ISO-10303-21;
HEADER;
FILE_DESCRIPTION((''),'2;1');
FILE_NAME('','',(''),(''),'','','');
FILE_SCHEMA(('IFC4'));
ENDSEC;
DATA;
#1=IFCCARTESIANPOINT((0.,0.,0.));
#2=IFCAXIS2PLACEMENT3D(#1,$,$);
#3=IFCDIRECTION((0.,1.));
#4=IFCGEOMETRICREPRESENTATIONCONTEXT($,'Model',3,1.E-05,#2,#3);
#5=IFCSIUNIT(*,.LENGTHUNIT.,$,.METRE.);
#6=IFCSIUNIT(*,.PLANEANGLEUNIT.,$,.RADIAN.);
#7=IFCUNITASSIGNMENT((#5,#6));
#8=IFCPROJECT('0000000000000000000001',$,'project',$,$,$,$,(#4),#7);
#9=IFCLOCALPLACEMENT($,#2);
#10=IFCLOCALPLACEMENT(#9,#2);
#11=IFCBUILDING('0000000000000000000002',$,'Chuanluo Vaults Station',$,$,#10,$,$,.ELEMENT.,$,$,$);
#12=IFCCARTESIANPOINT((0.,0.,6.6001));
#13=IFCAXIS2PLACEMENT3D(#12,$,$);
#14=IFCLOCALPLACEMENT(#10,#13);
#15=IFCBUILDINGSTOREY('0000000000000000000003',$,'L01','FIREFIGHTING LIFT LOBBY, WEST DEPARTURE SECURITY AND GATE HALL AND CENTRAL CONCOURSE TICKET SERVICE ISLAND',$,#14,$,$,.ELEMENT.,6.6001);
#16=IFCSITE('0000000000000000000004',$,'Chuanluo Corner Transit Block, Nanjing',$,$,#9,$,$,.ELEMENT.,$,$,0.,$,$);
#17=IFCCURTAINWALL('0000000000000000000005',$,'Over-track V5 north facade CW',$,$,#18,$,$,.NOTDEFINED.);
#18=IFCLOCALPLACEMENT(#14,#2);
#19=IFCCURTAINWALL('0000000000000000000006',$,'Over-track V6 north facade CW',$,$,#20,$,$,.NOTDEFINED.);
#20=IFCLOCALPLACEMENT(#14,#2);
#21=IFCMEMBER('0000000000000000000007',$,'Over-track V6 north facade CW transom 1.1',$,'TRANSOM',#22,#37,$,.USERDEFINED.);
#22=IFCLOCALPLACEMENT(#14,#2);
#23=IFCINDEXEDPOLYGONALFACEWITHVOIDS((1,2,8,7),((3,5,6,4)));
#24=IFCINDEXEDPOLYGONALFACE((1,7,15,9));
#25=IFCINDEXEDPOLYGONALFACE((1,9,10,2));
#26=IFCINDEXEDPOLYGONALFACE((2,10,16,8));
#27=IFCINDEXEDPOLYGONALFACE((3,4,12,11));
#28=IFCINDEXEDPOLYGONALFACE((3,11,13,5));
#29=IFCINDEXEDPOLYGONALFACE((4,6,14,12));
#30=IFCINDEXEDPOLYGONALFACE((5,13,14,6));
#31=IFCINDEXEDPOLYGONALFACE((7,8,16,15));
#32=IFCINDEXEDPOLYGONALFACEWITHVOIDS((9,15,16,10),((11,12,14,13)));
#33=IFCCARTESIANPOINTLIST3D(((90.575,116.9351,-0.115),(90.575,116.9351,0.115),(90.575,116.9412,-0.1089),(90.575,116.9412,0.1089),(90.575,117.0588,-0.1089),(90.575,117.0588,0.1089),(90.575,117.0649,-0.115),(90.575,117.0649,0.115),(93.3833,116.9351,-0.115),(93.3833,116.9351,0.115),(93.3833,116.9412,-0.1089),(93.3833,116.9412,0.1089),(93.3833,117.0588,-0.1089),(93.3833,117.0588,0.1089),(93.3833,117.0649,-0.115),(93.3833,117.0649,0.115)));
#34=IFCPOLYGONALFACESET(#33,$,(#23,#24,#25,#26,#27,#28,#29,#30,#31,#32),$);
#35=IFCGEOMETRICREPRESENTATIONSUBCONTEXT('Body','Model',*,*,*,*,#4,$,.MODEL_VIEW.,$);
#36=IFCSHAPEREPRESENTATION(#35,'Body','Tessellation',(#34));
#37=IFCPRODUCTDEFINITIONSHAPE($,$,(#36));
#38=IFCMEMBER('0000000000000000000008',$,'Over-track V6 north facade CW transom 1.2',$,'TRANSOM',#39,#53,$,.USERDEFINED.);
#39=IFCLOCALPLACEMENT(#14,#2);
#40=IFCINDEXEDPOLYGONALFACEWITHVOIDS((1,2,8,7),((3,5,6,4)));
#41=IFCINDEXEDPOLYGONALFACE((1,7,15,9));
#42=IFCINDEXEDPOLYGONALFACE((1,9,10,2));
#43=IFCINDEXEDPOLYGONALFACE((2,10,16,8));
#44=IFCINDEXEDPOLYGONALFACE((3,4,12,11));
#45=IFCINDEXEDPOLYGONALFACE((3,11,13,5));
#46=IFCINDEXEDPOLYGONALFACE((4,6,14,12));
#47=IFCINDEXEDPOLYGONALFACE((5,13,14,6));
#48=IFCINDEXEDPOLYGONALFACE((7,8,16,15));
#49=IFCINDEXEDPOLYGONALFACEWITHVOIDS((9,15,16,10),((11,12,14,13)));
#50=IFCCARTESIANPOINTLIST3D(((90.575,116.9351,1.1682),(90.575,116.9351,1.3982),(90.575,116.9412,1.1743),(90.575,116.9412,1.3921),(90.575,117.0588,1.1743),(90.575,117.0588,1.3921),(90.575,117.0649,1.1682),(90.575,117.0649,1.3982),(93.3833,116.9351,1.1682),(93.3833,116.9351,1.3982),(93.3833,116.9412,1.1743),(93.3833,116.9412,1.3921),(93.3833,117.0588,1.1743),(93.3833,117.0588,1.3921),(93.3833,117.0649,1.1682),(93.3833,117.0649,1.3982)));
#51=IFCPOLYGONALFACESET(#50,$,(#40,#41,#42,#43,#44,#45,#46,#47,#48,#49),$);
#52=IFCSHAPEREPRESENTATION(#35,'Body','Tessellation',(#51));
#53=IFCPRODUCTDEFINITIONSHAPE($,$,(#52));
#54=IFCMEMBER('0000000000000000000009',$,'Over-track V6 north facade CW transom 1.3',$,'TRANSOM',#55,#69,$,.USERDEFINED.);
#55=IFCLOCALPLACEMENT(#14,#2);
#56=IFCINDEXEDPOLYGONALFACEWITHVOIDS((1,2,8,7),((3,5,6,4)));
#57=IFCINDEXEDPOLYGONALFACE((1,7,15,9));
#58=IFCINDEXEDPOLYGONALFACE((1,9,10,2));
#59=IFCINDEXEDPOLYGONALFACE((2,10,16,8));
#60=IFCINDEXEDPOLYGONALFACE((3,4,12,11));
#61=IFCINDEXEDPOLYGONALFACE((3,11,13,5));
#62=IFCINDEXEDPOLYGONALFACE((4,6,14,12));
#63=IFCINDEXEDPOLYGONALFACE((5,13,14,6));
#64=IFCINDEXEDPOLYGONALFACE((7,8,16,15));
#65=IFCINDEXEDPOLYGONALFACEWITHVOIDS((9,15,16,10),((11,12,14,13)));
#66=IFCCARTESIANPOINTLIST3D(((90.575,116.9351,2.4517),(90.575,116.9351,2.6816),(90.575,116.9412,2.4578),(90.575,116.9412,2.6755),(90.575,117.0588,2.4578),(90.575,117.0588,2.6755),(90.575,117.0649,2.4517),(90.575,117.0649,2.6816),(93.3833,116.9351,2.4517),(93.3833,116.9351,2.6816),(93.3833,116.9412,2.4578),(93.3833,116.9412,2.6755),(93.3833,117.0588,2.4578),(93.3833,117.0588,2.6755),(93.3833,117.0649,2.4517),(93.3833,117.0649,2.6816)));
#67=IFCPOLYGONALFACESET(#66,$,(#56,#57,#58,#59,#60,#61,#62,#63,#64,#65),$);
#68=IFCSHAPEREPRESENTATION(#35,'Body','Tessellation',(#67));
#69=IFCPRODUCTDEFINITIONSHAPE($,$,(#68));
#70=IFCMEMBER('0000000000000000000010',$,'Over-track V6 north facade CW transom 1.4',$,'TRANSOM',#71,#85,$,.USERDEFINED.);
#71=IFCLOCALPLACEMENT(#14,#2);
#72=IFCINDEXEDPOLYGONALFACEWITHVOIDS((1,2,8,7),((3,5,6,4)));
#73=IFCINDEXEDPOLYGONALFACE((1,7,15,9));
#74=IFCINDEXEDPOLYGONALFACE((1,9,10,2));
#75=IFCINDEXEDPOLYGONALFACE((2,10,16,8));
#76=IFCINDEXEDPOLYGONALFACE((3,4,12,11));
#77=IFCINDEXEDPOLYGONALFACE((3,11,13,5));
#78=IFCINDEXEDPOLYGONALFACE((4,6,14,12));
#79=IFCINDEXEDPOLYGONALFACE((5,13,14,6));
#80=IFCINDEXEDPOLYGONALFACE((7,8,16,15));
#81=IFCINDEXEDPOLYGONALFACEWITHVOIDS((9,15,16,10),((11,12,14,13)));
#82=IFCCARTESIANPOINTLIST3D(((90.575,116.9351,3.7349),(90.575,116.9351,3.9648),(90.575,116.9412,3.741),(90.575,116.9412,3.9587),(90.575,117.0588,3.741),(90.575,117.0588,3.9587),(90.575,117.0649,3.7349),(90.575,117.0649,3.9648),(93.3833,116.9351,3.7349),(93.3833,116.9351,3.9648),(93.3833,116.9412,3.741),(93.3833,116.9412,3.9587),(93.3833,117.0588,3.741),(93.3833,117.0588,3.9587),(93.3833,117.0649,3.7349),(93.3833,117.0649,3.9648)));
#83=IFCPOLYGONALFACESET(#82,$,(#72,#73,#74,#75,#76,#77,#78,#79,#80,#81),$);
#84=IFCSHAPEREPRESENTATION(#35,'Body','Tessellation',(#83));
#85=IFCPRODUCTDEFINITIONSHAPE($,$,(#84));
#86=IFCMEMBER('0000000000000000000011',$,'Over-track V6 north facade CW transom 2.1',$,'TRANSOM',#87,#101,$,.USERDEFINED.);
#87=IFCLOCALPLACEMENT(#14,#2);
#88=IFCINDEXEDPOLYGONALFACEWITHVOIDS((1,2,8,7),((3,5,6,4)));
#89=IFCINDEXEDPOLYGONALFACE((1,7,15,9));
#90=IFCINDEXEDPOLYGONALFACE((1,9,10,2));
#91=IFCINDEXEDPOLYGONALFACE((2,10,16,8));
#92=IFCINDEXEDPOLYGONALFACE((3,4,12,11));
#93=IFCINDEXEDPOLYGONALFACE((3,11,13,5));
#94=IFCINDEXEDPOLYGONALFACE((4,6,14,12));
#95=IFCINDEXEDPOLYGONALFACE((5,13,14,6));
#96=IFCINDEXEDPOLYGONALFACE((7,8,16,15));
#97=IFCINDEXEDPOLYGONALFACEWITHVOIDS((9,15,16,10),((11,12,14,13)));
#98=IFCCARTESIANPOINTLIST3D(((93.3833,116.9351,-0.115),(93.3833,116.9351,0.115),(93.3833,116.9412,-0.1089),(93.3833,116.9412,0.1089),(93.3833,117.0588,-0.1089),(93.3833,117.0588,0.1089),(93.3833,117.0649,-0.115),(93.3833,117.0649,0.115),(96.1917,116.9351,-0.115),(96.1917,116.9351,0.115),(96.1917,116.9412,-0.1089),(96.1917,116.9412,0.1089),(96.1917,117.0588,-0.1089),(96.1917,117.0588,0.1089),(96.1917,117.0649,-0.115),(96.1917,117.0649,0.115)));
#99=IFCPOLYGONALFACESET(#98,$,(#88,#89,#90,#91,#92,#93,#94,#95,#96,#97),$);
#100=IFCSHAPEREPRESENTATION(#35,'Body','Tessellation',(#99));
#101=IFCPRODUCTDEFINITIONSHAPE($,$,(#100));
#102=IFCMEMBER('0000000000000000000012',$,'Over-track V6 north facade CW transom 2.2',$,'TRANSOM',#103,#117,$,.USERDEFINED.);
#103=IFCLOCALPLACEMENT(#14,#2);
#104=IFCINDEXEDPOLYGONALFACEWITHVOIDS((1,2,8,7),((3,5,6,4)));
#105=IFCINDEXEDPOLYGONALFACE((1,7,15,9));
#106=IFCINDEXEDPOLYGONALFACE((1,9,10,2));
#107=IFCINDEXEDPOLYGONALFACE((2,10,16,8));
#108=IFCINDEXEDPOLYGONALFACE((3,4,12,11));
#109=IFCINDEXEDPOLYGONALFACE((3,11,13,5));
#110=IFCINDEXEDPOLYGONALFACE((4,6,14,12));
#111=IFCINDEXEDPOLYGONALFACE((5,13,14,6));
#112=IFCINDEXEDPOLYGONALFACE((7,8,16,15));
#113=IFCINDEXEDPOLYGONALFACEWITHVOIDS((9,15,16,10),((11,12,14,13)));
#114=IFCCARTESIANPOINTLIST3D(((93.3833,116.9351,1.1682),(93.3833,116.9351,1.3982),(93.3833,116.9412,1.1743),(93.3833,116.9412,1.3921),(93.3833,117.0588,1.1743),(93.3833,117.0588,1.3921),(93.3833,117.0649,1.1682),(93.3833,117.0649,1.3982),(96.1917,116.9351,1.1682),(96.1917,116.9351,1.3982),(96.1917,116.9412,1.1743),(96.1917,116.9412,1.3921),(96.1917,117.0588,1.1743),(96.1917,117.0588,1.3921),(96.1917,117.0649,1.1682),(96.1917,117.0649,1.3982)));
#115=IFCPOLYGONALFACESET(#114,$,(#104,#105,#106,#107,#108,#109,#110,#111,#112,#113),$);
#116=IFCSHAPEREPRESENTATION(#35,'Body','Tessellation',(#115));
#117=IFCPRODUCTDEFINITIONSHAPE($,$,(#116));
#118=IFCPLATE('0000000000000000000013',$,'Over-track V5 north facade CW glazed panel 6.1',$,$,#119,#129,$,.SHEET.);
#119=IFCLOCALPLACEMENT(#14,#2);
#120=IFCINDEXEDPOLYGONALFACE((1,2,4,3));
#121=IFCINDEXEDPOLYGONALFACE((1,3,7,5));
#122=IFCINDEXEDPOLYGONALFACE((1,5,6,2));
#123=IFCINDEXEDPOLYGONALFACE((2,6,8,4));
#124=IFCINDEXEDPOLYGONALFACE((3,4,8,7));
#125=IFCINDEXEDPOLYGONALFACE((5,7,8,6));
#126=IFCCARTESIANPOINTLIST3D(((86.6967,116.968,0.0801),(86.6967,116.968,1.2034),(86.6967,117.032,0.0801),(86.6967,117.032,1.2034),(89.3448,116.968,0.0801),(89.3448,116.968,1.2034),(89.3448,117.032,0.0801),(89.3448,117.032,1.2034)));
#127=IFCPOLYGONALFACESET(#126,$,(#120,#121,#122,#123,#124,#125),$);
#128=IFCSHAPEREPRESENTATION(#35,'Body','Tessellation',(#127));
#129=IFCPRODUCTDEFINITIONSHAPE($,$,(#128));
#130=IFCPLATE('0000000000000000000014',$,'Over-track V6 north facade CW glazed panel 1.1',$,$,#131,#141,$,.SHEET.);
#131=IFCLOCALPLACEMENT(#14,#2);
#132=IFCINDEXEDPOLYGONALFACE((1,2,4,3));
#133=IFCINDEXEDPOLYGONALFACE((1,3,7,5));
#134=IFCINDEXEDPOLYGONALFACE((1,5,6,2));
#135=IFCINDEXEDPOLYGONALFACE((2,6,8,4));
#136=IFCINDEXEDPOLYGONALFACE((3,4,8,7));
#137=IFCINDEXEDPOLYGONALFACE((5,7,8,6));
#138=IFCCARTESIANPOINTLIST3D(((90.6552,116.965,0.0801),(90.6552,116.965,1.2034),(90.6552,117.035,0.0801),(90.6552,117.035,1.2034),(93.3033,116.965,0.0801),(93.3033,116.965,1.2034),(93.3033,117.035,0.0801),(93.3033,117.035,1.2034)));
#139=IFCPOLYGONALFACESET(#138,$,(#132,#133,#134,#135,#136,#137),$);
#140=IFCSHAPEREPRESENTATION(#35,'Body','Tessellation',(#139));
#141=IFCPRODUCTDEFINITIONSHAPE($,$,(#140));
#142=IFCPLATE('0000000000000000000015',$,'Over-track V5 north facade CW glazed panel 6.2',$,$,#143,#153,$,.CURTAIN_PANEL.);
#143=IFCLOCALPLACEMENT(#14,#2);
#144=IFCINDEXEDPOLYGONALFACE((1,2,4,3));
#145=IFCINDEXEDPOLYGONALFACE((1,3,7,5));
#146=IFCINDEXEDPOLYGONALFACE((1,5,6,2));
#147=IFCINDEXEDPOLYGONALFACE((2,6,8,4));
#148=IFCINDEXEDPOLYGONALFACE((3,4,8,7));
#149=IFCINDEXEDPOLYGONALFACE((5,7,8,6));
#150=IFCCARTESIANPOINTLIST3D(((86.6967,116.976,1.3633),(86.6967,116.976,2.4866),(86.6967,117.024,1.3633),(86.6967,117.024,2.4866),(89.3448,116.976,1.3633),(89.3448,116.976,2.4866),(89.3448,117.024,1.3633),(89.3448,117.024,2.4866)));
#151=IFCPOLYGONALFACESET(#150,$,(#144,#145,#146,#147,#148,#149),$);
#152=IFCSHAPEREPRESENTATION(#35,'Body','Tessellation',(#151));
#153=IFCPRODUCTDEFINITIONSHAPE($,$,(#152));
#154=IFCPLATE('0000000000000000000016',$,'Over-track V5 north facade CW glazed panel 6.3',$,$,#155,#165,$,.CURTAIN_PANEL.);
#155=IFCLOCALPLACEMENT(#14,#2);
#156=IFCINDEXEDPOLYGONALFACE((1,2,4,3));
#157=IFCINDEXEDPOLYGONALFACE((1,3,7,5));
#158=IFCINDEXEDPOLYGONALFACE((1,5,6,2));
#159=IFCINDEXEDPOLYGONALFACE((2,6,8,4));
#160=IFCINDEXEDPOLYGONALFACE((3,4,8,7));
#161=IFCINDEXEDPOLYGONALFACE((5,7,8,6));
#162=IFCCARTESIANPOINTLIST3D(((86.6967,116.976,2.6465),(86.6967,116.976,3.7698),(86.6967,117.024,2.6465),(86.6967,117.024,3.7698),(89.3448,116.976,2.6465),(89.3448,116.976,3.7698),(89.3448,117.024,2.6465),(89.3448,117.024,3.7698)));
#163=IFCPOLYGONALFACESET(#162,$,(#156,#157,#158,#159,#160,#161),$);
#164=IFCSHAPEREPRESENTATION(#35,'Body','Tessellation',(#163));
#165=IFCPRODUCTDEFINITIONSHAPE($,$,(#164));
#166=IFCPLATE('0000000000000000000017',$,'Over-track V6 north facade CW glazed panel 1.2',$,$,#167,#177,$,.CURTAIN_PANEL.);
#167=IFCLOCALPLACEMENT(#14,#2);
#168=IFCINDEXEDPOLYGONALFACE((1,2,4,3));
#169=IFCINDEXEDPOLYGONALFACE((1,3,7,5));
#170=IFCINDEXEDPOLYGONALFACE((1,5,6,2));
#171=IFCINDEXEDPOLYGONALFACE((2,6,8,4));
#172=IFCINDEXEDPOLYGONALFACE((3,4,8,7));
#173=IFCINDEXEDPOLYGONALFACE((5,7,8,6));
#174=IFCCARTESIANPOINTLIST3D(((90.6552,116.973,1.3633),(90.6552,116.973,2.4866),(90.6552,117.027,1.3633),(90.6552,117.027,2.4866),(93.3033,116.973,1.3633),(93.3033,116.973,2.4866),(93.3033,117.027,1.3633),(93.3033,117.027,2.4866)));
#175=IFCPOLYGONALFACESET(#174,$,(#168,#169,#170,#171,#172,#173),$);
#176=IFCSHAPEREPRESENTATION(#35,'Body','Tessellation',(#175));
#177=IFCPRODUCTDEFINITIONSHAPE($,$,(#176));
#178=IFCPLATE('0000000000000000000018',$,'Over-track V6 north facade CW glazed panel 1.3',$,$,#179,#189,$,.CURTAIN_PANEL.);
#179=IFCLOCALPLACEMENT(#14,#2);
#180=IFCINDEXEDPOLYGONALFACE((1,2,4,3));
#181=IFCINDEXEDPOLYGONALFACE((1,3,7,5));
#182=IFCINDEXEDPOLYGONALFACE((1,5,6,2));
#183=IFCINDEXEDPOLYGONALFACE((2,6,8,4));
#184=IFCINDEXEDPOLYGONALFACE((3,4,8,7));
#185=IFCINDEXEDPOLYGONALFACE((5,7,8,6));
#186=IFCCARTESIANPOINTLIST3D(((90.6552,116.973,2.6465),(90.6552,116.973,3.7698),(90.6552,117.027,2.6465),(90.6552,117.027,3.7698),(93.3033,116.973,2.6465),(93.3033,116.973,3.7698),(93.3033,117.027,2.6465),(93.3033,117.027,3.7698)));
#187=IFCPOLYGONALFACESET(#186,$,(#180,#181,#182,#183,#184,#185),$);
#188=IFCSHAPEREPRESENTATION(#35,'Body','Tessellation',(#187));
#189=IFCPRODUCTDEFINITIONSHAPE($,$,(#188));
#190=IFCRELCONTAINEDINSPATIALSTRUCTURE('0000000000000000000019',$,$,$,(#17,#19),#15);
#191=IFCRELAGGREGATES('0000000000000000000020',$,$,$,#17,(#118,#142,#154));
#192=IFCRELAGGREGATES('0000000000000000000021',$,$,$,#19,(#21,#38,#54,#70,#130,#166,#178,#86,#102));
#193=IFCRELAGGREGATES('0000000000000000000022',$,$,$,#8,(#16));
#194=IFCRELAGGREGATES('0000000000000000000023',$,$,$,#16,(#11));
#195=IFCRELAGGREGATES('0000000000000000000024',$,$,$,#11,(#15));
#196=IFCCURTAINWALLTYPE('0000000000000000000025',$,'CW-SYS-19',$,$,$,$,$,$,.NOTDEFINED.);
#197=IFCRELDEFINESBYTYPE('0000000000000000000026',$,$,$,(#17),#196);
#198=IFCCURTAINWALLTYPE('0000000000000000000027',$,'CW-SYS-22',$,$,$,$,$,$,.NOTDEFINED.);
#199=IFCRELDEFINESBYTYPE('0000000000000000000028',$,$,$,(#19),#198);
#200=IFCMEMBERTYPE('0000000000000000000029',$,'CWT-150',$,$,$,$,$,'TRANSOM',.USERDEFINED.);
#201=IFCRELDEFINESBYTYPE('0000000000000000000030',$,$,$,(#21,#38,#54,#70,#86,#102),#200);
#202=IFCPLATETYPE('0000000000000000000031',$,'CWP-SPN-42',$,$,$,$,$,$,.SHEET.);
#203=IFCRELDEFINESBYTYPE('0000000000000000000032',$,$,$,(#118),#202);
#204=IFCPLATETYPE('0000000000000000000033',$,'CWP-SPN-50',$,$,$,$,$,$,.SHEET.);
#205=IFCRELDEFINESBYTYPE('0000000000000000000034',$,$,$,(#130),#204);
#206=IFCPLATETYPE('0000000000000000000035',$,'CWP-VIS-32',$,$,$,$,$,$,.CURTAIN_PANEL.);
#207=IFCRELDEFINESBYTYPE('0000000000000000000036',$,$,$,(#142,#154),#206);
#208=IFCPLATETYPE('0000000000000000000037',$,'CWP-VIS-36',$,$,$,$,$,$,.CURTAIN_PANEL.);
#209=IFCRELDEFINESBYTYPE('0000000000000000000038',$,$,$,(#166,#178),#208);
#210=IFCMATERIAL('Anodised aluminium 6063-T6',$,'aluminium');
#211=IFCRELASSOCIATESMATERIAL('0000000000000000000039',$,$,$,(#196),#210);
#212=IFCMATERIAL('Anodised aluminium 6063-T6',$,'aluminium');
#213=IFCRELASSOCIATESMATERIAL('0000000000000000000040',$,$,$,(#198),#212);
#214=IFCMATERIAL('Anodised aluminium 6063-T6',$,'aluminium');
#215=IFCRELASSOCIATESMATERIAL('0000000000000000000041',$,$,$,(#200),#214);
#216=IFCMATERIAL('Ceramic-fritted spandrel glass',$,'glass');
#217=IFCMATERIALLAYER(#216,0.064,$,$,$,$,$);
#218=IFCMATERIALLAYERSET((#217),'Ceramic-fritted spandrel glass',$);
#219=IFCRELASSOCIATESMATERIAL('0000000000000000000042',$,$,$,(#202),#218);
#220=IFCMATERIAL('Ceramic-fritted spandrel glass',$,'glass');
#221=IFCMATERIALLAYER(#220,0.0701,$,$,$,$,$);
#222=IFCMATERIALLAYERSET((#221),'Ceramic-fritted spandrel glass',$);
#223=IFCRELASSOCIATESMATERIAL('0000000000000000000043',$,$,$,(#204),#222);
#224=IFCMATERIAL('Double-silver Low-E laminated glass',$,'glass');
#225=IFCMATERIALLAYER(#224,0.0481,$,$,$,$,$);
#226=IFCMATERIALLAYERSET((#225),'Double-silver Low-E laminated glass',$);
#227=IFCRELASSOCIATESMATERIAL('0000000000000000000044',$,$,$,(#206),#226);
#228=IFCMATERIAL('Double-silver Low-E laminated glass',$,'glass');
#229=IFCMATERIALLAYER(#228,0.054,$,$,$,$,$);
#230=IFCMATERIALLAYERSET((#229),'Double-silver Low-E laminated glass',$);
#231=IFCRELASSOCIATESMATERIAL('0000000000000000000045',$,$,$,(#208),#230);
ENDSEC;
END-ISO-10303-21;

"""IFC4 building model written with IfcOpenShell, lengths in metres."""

from ifc_helpers import new_model, si_unit, direction, frame, origin, origin_2d, place, context, subcontext, project, spatial, rectangle, hollow_rectangle, extrude, material, layer, layer_set, material_profile, profile_set, type_object, element, aggregate, save


model = new_model("IFC4")

# Units and contexts
model_context = context("Model", 3, precision=1e-05, world=origin(), true_north=direction((0.0, 1.0)))
body_context = subcontext(model_context, "Body", "Model", "MODEL_VIEW")
ifc_project = project(units=[si_unit("LENGTHUNIT", "METRE"), si_unit("PLANEANGLEUNIT", "RADIAN")], contexts=[model_context])

# Site, building, storey
site_placement = place(None, origin())
site = spatial("IfcSite", under=ifc_project, at=site_placement, Name="Chuanluo Corner Transit Block, Nanjing", CompositionType="ELEMENT", RefElevation=0.0)
building_placement = place(site_placement, origin())
building = spatial("IfcBuilding", under=site, at=building_placement, Name="Chuanluo Vaults Station", CompositionType="ELEMENT")
storey_placement = place(building_placement, frame((0.0, 0.0, 6.6001)))
storey = spatial("IfcBuildingStorey", under=building, at=storey_placement, Name="L01", Description="FIREFIGHTING LIFT LOBBY, WEST DEPARTURE SECURITY AND GATE HALL AND CENTRAL CONCOURSE TICKET SERVICE ISLAND", CompositionType="ELEMENT", Elevation=6.6001)

# Curtain walls
ifc_material_1 = material(Name="Anodised aluminium 6063-T6", Category="aluminium")
curtain_wall_type_1 = type_object("IfcCurtainWallType", Name="CW-SYS-19", PredefinedType="NOTDEFINED", material=ifc_material_1)
curtain_wall_1_placement = place(storey_placement, origin())
curtain_wall_1 = element("IfcCurtainWall", 1, at=curtain_wall_1_placement, inside=storey, type_object=curtain_wall_type_1, Name="Over-track V5 north facade CW", PredefinedType="NOTDEFINED")
ifc_material_2 = material(Name="Anodised aluminium 6063-T6", Category="aluminium")
curtain_wall_type_2 = type_object("IfcCurtainWallType", Name="CW-SYS-22", PredefinedType="NOTDEFINED", material=ifc_material_2)
curtain_wall_2_placement = place(storey_placement, origin())
curtain_wall_2 = element("IfcCurtainWall", 2, at=curtain_wall_2_placement, inside=storey, type_object=curtain_wall_type_2, Name="Over-track V6 north facade CW", PredefinedType="NOTDEFINED")

# Members
ifc_material_3 = material(Name="Anodised aluminium 6063-T6", Category="aluminium")
ifc_material_profile_1 = material_profile(ifc_material_3, hollow_rectangle(XDim=0.1299, YDim=0.23, WallThickness=0.0061, at=origin_2d()))
ifc_profile_set_1 = profile_set([ifc_material_profile_1], Name="Anodised aluminium 6063-T6")
member_type_1 = type_object("IfcMemberType", Name="CWT-150", ElementType="TRANSOM", PredefinedType="USERDEFINED", material=ifc_profile_set_1)
member_1_placement = place(storey_placement, frame((90.575, 117.0, 0.0), z_axis=(1.0, 0.0, 0.0), x_axis=(0.0, 1.0, 0.0)))
member_1 = element("IfcMember", 3, at=member_1_placement, type_object=member_type_1, Name="Over-track V6 north facade CW transom 1.1", ObjectType="TRANSOM", PredefinedType="USERDEFINED", context=body_context, shape_type="SweptSolid", body=[
    extrude(hollow_rectangle(XDim=0.1299, YDim=0.23, WallThickness=0.0061, at=origin_2d()), origin(), (0.0, 0.0, 1.0), 2.8083),
])
member_2_placement = place(storey_placement, frame((90.575, 117.0, 1.2832), z_axis=(1.0, 0.0, 0.0), x_axis=(0.0, 1.0, 0.0)))
member_2 = element("IfcMember", 4, at=member_2_placement, type_object=member_type_1, Name="Over-track V6 north facade CW transom 1.2", ObjectType="TRANSOM", PredefinedType="USERDEFINED", context=body_context, shape_type="SweptSolid", body=[
    extrude(hollow_rectangle(XDim=0.1299, YDim=0.23, WallThickness=0.0061, at=origin_2d()), origin(), (0.0, 0.0, 1.0), 2.8083),
])
member_3_placement = place(storey_placement, frame((90.575, 117.0, 2.5667), z_axis=(1.0, 0.0, 0.0), x_axis=(0.0, 1.0, 0.0)))
member_3 = element("IfcMember", 5, at=member_3_placement, type_object=member_type_1, Name="Over-track V6 north facade CW transom 1.3", ObjectType="TRANSOM", PredefinedType="USERDEFINED", context=body_context, shape_type="SweptSolid", body=[
    extrude(hollow_rectangle(XDim=0.1299, YDim=0.23, WallThickness=0.0061, at=origin_2d()), origin(), (0.0, 0.0, 1.0), 2.8083),
])
member_4_placement = place(storey_placement, frame((90.575, 117.0, 3.8499), z_axis=(1.0, 0.0, 0.0), x_axis=(0.0, 1.0, 0.0)))
member_4 = element("IfcMember", 6, at=member_4_placement, type_object=member_type_1, Name="Over-track V6 north facade CW transom 1.4", ObjectType="TRANSOM", PredefinedType="USERDEFINED", context=body_context, shape_type="SweptSolid", body=[
    extrude(hollow_rectangle(XDim=0.1299, YDim=0.23, WallThickness=0.0061, at=origin_2d()), origin(), (0.0, 0.0, 1.0), 2.8083),
])
member_5_placement = place(storey_placement, frame((93.3833, 117.0, 0.0), z_axis=(1.0, 0.0, 0.0), x_axis=(0.0, 1.0, 0.0)))
member_5 = element("IfcMember", 7, at=member_5_placement, type_object=member_type_1, Name="Over-track V6 north facade CW transom 2.1", ObjectType="TRANSOM", PredefinedType="USERDEFINED", context=body_context, shape_type="SweptSolid", body=[
    extrude(hollow_rectangle(XDim=0.1299, YDim=0.23, WallThickness=0.0061, at=origin_2d()), origin(), (0.0, 0.0, 1.0), 2.8083),
])
member_6_placement = place(storey_placement, frame((93.3833, 117.0, 1.2832), z_axis=(1.0, 0.0, 0.0), x_axis=(0.0, 1.0, 0.0)))
member_6 = element("IfcMember", 8, at=member_6_placement, type_object=member_type_1, Name="Over-track V6 north facade CW transom 2.2", ObjectType="TRANSOM", PredefinedType="USERDEFINED", context=body_context, shape_type="SweptSolid", body=[
    extrude(hollow_rectangle(XDim=0.1299, YDim=0.23, WallThickness=0.0061, at=origin_2d()), origin(), (0.0, 0.0, 1.0), 2.8083),
])

# Plates
ifc_material_4 = material(Name="Ceramic-fritted spandrel glass", Category="glass")
ifc_layer_1 = layer(ifc_material_4, 0.064)
ifc_layer_set_1 = layer_set([ifc_layer_1], Name="Ceramic-fritted spandrel glass")
plate_type_1 = type_object("IfcPlateType", Name="CWP-SPN-42", PredefinedType="SHEET", material=ifc_layer_set_1)
plate_1_placement = place(storey_placement, frame((88.0208, 117.0, 0.0801), z_axis=(0.0, 0.0, 1.0), x_axis=(1.0, 0.0, 0.0)))
plate_1 = element("IfcPlate", 9, at=plate_1_placement, type_object=plate_type_1, Name="Over-track V5 north facade CW glazed panel 6.1", PredefinedType="SHEET", context=body_context, shape_type="SweptSolid", body=[
    extrude(rectangle(XDim=2.6482, YDim=0.064, at=origin_2d()), origin(), (0.0, 0.0, 1.0), 1.1233),
])
ifc_material_5 = material(Name="Ceramic-fritted spandrel glass", Category="glass")
ifc_layer_2 = layer(ifc_material_5, 0.0701)
ifc_layer_set_2 = layer_set([ifc_layer_2], Name="Ceramic-fritted spandrel glass")
plate_type_2 = type_object("IfcPlateType", Name="CWP-SPN-50", PredefinedType="SHEET", material=ifc_layer_set_2)
plate_2_placement = place(storey_placement, frame((91.9792, 117.0, 0.0801), z_axis=(0.0, 0.0, 1.0), x_axis=(1.0, 0.0, 0.0)))
plate_2 = element("IfcPlate", 10, at=plate_2_placement, type_object=plate_type_2, Name="Over-track V6 north facade CW glazed panel 1.1", PredefinedType="SHEET", context=body_context, shape_type="SweptSolid", body=[
    extrude(rectangle(XDim=2.6482, YDim=0.0701, at=origin_2d()), origin(), (0.0, 0.0, 1.0), 1.1233),
])
ifc_material_6 = material(Name="Double-silver Low-E laminated glass", Category="glass")
ifc_layer_3 = layer(ifc_material_6, 0.0481)
ifc_layer_set_3 = layer_set([ifc_layer_3], Name="Double-silver Low-E laminated glass")
plate_type_3 = type_object("IfcPlateType", Name="CWP-VIS-32", PredefinedType="CURTAIN_PANEL", material=ifc_layer_set_3)
plate_3_placement = place(storey_placement, frame((88.0208, 117.0, 1.3633), z_axis=(0.0, 0.0, 1.0), x_axis=(1.0, 0.0, 0.0)))
plate_3 = element("IfcPlate", 11, at=plate_3_placement, type_object=plate_type_3, Name="Over-track V5 north facade CW glazed panel 6.2", PredefinedType="CURTAIN_PANEL", context=body_context, shape_type="SweptSolid", body=[
    extrude(rectangle(XDim=2.6482, YDim=0.0481, at=origin_2d()), origin(), (0.0, 0.0, 1.0), 1.1233),
])
plate_4_placement = place(storey_placement, frame((88.0208, 117.0, 2.6465), z_axis=(0.0, 0.0, 1.0), x_axis=(1.0, 0.0, 0.0)))
plate_4 = element("IfcPlate", 12, at=plate_4_placement, type_object=plate_type_3, Name="Over-track V5 north facade CW glazed panel 6.3", PredefinedType="CURTAIN_PANEL", context=body_context, shape_type="SweptSolid", body=[
    extrude(rectangle(XDim=2.6482, YDim=0.0481, at=origin_2d()), origin(), (0.0, 0.0, 1.0), 1.1233),
])
aggregate(curtain_wall_1, [plate_1, plate_3, plate_4])
ifc_material_7 = material(Name="Double-silver Low-E laminated glass", Category="glass")
ifc_layer_4 = layer(ifc_material_7, 0.054)
ifc_layer_set_4 = layer_set([ifc_layer_4], Name="Double-silver Low-E laminated glass")
plate_type_4 = type_object("IfcPlateType", Name="CWP-VIS-36", PredefinedType="CURTAIN_PANEL", material=ifc_layer_set_4)
plate_5_placement = place(storey_placement, frame((91.9792, 117.0, 1.3633), z_axis=(0.0, 0.0, 1.0), x_axis=(1.0, 0.0, 0.0)))
plate_5 = element("IfcPlate", 13, at=plate_5_placement, type_object=plate_type_4, Name="Over-track V6 north facade CW glazed panel 1.2", PredefinedType="CURTAIN_PANEL", context=body_context, shape_type="SweptSolid", body=[
    extrude(rectangle(XDim=2.6482, YDim=0.054, at=origin_2d()), origin(), (0.0, 0.0, 1.0), 1.1233),
])
plate_6_placement = place(storey_placement, frame((91.9792, 117.0, 2.6465), z_axis=(0.0, 0.0, 1.0), x_axis=(1.0, 0.0, 0.0)))
plate_6 = element("IfcPlate", 14, at=plate_6_placement, type_object=plate_type_4, Name="Over-track V6 north facade CW glazed panel 1.3", PredefinedType="CURTAIN_PANEL", context=body_context, shape_type="SweptSolid", body=[
    extrude(rectangle(XDim=2.6482, YDim=0.054, at=origin_2d()), origin(), (0.0, 0.0, 1.0), 1.1233),
])
aggregate(curtain_wall_2, [member_1, member_2, member_3, member_4, plate_2, plate_5, plate_6, member_5, member_6])

save(model, "model.ifc")
